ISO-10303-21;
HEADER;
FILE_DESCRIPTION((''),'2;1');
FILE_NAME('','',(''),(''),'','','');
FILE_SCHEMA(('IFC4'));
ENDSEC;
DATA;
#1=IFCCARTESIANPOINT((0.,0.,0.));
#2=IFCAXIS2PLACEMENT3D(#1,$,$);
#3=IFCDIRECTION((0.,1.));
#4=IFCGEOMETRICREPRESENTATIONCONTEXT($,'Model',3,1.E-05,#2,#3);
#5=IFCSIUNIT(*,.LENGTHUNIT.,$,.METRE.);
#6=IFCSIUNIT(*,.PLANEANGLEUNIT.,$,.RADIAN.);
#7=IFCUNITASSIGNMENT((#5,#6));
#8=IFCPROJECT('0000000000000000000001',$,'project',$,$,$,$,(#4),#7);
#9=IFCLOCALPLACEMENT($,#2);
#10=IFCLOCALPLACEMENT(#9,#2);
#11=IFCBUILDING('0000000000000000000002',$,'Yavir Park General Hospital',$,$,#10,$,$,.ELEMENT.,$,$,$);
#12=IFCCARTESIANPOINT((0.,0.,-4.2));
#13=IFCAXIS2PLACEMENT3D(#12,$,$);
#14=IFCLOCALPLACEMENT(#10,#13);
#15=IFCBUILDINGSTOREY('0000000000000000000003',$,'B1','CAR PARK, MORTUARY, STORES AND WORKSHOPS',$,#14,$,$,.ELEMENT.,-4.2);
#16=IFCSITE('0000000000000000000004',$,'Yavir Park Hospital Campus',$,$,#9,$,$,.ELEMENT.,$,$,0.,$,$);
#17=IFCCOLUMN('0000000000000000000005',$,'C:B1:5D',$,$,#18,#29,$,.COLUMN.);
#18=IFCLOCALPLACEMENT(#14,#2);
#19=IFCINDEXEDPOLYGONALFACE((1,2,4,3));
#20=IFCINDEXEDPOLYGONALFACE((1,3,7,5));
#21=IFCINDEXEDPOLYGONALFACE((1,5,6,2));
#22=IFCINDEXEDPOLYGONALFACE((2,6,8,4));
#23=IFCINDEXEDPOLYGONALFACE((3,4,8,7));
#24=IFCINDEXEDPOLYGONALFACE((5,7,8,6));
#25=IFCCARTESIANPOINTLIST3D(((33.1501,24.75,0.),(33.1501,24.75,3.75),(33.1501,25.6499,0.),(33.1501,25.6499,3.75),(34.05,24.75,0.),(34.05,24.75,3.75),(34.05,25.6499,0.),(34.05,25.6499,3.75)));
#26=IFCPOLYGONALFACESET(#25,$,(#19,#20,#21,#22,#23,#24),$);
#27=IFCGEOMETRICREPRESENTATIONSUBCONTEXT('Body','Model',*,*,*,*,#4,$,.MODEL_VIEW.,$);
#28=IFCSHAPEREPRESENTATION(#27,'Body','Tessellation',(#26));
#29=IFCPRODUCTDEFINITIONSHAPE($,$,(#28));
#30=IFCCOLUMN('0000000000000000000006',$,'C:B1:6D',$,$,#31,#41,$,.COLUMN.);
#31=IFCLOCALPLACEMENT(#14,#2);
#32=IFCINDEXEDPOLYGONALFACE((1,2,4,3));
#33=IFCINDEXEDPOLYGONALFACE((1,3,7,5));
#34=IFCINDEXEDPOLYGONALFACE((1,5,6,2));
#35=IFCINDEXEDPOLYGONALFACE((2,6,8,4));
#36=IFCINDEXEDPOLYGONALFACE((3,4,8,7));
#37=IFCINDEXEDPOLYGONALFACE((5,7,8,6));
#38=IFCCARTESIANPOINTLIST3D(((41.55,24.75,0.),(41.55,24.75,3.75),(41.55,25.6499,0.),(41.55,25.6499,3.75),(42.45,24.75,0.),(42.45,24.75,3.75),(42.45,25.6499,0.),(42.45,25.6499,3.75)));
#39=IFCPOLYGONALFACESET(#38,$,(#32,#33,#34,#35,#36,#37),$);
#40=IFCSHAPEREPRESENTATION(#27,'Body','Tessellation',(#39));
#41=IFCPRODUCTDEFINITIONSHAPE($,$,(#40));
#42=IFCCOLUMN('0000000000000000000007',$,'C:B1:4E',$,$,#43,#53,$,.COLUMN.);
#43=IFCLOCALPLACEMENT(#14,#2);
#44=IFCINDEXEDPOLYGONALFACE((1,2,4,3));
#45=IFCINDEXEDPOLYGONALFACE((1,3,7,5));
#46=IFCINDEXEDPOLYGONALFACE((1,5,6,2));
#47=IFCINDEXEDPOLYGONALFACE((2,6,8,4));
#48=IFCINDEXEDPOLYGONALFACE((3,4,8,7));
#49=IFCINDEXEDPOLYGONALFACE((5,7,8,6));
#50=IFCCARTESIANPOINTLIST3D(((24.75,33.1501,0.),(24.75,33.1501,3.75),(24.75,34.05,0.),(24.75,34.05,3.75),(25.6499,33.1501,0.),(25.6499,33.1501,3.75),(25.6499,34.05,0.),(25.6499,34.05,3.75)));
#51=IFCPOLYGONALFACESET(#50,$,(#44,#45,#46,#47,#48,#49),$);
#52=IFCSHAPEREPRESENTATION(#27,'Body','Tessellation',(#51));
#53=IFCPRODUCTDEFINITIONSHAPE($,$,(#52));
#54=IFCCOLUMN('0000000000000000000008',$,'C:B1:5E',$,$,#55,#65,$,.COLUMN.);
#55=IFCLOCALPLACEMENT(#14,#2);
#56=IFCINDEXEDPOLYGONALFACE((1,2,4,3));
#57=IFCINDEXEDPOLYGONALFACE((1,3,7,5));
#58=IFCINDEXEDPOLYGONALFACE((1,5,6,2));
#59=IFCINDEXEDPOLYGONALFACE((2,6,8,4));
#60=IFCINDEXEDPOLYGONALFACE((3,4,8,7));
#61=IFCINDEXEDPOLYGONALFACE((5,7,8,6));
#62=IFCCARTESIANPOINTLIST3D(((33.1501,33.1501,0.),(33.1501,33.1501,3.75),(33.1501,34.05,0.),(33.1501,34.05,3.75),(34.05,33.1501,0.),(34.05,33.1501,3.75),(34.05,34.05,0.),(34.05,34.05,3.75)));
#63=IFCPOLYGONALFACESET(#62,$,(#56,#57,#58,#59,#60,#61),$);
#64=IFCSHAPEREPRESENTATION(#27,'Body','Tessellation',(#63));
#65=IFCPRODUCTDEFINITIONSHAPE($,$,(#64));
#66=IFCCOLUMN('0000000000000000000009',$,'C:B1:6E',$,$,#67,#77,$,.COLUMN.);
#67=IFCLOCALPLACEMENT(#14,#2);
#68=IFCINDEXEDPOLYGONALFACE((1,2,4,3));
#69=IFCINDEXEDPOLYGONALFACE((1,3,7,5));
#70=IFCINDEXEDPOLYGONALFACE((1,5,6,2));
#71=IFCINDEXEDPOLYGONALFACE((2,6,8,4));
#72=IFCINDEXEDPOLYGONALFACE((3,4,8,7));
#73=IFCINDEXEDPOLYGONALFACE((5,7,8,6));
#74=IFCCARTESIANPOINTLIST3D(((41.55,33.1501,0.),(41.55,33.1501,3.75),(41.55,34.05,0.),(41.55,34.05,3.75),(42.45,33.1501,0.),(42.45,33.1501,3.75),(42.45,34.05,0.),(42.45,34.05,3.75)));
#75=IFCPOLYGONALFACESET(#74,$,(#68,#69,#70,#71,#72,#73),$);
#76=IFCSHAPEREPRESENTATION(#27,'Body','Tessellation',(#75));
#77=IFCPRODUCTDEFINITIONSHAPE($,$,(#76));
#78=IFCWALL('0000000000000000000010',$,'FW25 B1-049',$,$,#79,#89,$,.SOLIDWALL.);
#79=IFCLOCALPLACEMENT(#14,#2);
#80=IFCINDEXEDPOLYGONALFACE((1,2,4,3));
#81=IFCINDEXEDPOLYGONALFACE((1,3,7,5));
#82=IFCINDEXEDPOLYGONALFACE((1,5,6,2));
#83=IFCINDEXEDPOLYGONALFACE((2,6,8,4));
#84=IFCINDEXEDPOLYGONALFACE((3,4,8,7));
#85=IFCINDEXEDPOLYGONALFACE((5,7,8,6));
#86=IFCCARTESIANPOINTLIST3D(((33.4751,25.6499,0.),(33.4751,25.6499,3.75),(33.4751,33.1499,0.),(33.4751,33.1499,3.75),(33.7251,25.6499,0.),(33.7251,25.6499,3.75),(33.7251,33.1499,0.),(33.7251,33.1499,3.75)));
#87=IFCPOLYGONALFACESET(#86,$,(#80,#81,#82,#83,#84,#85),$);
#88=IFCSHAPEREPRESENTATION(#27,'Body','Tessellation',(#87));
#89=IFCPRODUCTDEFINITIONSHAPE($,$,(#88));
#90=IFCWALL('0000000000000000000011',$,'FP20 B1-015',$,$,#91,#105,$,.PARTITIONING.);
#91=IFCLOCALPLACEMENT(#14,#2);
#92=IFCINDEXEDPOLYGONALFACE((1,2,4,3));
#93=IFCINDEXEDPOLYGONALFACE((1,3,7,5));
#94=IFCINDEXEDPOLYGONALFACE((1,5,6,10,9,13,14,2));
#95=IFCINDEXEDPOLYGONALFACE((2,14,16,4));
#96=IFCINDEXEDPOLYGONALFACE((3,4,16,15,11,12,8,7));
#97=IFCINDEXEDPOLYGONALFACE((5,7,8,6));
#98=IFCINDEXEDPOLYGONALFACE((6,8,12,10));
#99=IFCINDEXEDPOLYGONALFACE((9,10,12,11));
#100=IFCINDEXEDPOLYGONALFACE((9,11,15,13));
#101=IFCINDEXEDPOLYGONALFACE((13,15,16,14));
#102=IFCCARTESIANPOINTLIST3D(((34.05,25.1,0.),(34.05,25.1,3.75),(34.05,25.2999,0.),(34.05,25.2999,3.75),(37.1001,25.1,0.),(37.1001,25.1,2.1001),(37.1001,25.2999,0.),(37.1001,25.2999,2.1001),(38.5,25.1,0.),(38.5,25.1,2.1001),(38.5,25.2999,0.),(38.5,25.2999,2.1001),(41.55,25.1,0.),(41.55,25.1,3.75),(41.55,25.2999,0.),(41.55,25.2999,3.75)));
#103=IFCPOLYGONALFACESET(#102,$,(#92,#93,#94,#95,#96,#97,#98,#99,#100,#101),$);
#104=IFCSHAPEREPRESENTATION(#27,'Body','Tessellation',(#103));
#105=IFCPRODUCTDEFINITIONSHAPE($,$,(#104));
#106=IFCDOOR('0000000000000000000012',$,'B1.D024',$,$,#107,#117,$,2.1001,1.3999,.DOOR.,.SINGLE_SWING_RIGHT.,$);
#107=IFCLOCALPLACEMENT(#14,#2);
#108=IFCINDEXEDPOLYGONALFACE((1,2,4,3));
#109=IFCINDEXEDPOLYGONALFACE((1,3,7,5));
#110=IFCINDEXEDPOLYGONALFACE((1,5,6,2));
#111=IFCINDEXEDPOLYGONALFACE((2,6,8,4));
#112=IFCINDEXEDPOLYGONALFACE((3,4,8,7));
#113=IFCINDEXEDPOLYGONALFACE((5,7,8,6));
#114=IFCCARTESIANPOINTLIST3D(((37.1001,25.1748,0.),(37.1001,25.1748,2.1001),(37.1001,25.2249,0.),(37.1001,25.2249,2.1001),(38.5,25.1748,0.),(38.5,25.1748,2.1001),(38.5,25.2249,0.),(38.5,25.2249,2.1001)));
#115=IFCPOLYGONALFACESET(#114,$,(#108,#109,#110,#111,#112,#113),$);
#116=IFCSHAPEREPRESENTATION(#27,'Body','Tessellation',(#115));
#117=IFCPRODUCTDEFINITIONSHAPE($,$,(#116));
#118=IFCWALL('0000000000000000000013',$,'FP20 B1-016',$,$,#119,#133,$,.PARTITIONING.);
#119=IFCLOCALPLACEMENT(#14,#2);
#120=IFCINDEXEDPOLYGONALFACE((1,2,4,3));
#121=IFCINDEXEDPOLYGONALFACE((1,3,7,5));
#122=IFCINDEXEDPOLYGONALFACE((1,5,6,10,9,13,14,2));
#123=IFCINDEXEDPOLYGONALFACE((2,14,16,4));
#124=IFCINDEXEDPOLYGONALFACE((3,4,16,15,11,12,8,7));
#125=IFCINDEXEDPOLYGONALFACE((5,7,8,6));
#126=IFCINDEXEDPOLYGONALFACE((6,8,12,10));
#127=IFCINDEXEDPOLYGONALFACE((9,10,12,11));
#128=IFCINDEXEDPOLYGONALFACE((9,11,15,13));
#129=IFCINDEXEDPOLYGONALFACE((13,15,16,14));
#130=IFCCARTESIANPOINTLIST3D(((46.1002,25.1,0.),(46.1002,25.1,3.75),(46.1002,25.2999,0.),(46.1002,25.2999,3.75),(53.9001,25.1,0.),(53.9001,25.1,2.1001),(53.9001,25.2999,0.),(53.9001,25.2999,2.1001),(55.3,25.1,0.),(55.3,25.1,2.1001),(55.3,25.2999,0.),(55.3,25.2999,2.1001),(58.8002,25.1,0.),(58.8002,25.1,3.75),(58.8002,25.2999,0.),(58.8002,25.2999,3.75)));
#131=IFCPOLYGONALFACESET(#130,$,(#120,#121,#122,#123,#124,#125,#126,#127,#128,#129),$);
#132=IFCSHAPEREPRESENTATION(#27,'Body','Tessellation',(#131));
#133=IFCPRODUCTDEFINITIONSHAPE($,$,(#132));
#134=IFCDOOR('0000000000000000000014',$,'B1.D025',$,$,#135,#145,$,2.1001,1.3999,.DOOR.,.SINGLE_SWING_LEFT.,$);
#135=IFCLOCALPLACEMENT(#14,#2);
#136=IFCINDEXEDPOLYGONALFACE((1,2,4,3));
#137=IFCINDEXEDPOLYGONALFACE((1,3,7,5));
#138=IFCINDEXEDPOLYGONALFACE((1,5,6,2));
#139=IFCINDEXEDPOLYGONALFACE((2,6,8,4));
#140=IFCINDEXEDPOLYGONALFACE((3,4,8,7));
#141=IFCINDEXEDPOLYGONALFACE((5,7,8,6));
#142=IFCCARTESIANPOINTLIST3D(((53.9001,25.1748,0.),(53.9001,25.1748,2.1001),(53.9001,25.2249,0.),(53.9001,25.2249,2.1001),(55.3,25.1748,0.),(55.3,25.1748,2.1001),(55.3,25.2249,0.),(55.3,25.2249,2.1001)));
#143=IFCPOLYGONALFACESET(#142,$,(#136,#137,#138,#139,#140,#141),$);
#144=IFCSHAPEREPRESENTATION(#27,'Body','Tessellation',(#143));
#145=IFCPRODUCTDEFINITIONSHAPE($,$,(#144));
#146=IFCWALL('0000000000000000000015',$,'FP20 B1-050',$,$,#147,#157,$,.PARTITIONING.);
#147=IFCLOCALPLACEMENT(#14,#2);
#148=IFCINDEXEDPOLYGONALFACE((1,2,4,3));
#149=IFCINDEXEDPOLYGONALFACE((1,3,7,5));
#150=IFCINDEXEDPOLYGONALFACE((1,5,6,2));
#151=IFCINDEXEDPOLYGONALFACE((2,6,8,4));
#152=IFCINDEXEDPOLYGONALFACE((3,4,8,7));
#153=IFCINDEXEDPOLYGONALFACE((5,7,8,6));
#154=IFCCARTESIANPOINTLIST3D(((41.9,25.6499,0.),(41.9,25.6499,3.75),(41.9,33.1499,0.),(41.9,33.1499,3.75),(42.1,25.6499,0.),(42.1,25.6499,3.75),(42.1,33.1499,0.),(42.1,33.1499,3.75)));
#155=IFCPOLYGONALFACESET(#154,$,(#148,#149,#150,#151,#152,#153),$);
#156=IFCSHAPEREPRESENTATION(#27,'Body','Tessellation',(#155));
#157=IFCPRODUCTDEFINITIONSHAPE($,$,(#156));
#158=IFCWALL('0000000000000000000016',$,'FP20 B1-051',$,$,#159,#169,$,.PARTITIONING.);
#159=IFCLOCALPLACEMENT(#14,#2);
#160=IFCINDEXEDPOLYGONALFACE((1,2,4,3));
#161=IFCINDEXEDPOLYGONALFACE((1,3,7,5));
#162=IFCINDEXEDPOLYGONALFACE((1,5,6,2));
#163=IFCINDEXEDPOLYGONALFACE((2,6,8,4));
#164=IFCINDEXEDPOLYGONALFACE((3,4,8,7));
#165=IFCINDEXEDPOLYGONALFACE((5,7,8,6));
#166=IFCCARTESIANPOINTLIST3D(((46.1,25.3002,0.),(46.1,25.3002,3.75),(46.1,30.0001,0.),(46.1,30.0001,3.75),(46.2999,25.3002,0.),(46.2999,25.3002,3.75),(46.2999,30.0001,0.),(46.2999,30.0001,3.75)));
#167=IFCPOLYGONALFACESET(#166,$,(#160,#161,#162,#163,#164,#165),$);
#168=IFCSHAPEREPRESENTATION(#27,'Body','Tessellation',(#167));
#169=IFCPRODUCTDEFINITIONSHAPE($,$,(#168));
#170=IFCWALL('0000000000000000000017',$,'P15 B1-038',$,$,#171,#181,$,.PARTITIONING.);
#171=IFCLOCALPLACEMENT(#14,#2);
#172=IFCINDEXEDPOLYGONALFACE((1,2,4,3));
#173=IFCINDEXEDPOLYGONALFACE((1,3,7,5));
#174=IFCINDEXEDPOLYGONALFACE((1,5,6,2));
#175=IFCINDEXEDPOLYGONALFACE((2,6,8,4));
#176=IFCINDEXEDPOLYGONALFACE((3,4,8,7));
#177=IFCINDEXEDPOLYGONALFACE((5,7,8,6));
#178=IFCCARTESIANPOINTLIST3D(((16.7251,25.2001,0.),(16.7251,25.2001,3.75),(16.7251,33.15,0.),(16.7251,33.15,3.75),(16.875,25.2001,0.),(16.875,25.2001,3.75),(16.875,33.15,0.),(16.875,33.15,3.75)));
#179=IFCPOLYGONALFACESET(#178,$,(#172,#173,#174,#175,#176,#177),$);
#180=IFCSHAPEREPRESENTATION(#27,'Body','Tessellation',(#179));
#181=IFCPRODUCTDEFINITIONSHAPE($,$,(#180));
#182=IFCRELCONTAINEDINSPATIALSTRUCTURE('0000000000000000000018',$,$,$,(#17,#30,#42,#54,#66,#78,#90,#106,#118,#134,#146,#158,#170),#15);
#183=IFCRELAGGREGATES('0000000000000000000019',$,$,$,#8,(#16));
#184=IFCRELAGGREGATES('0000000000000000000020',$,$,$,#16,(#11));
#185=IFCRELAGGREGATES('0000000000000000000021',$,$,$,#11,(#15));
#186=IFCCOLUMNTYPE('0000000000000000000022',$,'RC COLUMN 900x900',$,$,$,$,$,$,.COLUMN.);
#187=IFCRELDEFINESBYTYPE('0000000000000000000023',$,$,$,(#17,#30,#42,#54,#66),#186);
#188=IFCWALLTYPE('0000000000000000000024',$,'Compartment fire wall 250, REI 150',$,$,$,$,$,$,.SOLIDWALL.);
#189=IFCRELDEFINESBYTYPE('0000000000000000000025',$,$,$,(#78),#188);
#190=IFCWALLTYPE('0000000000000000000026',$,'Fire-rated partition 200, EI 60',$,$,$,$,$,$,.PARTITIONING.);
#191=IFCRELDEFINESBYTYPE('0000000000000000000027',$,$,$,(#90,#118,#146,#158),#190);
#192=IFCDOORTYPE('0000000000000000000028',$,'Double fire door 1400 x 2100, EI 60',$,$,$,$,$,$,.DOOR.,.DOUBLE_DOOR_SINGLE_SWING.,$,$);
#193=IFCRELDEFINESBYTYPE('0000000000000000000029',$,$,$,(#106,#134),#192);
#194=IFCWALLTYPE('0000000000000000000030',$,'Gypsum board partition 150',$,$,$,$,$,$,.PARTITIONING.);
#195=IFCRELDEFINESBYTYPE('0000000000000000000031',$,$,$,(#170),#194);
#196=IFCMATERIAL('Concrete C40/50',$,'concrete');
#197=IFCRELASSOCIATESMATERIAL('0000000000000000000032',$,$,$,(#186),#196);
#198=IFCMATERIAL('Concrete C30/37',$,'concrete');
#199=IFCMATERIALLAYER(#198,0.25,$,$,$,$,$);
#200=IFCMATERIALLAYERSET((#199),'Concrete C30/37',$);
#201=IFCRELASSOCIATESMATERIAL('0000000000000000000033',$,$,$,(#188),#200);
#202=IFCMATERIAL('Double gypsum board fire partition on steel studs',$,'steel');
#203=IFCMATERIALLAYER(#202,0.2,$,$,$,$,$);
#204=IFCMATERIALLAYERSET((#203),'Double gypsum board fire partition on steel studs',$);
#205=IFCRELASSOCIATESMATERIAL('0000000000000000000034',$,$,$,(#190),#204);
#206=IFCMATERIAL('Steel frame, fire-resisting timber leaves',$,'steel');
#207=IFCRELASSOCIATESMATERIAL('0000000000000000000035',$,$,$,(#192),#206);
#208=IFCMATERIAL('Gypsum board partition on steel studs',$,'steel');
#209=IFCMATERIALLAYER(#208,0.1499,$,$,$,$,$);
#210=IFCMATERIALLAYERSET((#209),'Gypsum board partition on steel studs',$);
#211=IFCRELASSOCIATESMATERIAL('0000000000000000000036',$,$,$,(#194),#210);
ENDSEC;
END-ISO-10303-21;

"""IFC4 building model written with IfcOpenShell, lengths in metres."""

from ifc_helpers import new_model, si_unit, direction, frame, frame_2d, origin, origin_2d, place, context, subcontext, project, spatial, rectangle, extrude, material, layer, layer_set, material_profile, profile_set, type_object, element, fill, save


model = new_model("IFC4")

# Units and contexts
model_context = context("Model", 3, precision=1e-05, world=origin(), true_north=direction((0.0, 1.0)))
body_context = subcontext(model_context, "Body", "Model", "MODEL_VIEW")
ifc_project = project(units=[si_unit("LENGTHUNIT", "METRE"), si_unit("PLANEANGLEUNIT", "RADIAN")], contexts=[model_context])

# Site, building, storey
site_placement = place(None, origin())
site = spatial("IfcSite", under=ifc_project, at=site_placement, Name="Yavir Park Hospital Campus", CompositionType="ELEMENT", RefElevation=0.0)
building_placement = place(site_placement, origin())
building = spatial("IfcBuilding", under=site, at=building_placement, Name="Yavir Park General Hospital", CompositionType="ELEMENT")
storey_placement = place(building_placement, frame((0.0, 0.0, -4.2)))
storey = spatial("IfcBuildingStorey", under=building, at=storey_placement, Name="B1", Description="CAR PARK, MORTUARY, STORES AND WORKSHOPS", CompositionType="ELEMENT", Elevation=-4.2)

# Columns
ifc_material_1 = material(Name="Concrete C40/50", Category="concrete")
ifc_material_profile = material_profile(ifc_material_1, rectangle(XDim=0.8999, YDim=0.8999, at=origin_2d()), Name="RC900x900")
ifc_profile_set = profile_set([ifc_material_profile], Name="Concrete C40/50")
column_type = type_object("IfcColumnType", Name="RC COLUMN 900x900", PredefinedType="COLUMN", material=ifc_profile_set)
for number, where, z_axis, x_axis, name in (
    (1, (33.6001, 25.2, 0.0), (0.0, 0.0, 1.0), (1.0, 0.0, 0.0), "C:B1:5D"),
    (2, (42.0, 25.2, 0.0), (0.0, 0.0, 1.0), (1.0, 0.0, 0.0), "C:B1:6D"),
    (3, (25.2, 33.6001, 0.0), (0.0, 0.0, 1.0), (1.0, 0.0, 0.0), "C:B1:4E"),
    (4, (33.6001, 33.6001, 0.0), (0.0, 0.0, 1.0), (1.0, 0.0, 0.0), "C:B1:5E"),
    (5, (42.0, 33.6001, 0.0), (0.0, 0.0, 1.0), (1.0, 0.0, 0.0), "C:B1:6E"),
):
    element("IfcColumn", number, at=place(storey_placement, frame(where, z_axis=z_axis, x_axis=x_axis)), inside=storey, type_object=column_type, Name=name, PredefinedType="COLUMN", context=body_context, shape_type="SweptSolid", body=[
        extrude(rectangle(XDim=0.8999, YDim=0.8999, at=origin_2d()), origin(), (0.0, 0.0, 1.0), 3.75),
    ])

# Wall
ifc_material_2 = material(Name="Concrete C30/37", Category="concrete")
ifc_layer_1 = layer(ifc_material_2, 0.25)
ifc_layer_set_1 = layer_set([ifc_layer_1], Name="Concrete C30/37")
wall_type_1 = type_object("IfcWallType", Name="Compartment fire wall 250, REI 150", PredefinedType="SOLIDWALL", material=ifc_layer_set_1)
wall_1_placement = place(storey_placement, frame((33.6001, 25.6499, 0.0), z_axis=(0.0, 0.0, 1.0), x_axis=(0.0, 1.0, 0.0)))
element("IfcWall", 6, at=wall_1_placement, inside=storey, type_object=wall_type_1, Name="FW25 B1-049", PredefinedType="SOLIDWALL", context=body_context, shape_type="SweptSolid", body=[
    extrude(rectangle(XDim=7.5, YDim=0.25, at=frame_2d((3.75, 0.0))), origin(), (0.0, 0.0, 1.0), 3.75),
])

# Walls, openings, doors
ifc_material_3 = material(Name="Double gypsum board fire partition on steel studs", Category="steel")
ifc_layer_2 = layer(ifc_material_3, 0.2)
ifc_layer_set_2 = layer_set([ifc_layer_2], Name="Double gypsum board fire partition on steel studs")
wall_type_2 = type_object("IfcWallType", Name="Fire-rated partition 200, EI 60", PredefinedType="PARTITIONING", material=ifc_layer_set_2)
wall_2_placement = place(storey_placement, frame((34.05, 25.2, 0.0), z_axis=(0.0, 0.0, 1.0), x_axis=(1.0, 0.0, 0.0)))
wall_2 = element("IfcWall", 7, at=wall_2_placement, inside=storey, type_object=wall_type_2, Name="FP20 B1-015", PredefinedType="PARTITIONING", context=body_context, shape_type="SweptSolid", body=[
    extrude(rectangle(XDim=7.5, YDim=0.2, at=frame_2d((3.75, 0.0))), origin(), (0.0, 0.0, 1.0), 3.75),
])
opening_1_placement = place(wall_2_placement, frame((3.05, 0.0, 0.0)))
opening_1 = element("IfcOpeningElement", 8, at=opening_1_placement, cuts=wall_2, PredefinedType="OPENING", context=body_context, shape_type="SweptSolid", body=[
    extrude(rectangle(XDim=1.3999, YDim=2.1001, at=frame_2d((0.7, 1.05))), frame((0.0, 0.1099, 0.0), z_axis=(0.0, -1.0, 0.0), x_axis=(1.0, 0.0, 0.0)), (0.0, 0.0, 1.0), 0.22),
])
ifc_material_4 = material(Name="Steel frame, fire-resisting timber leaves", Category="steel")
door_type_1 = type_object("IfcDoorType", Name="Double fire door 1400 x 2100, EI 60", OperationType="DOUBLE_DOOR_SINGLE_SWING", PredefinedType="DOOR", material=ifc_material_4)
door_1_placement = place(opening_1_placement, origin())
door_1 = element("IfcDoor", 9, at=door_1_placement, inside=storey, type_object=door_type_1, Name="B1.D024", OperationType="SINGLE_SWING_RIGHT", OverallHeight=2.1001, OverallWidth=1.3999, PredefinedType="DOOR", context=body_context, shape_type="SweptSolid", body=[
    extrude(rectangle(XDim=1.3999, YDim=2.1001, at=frame_2d((0.7, 1.05))), frame((0.0, 0.0249, 0.0), z_axis=(0.0, -1.0, 0.0), x_axis=(1.0, 0.0, 0.0)), (0.0, 0.0, 1.0), 0.05),
])
fill(opening_1, door_1)
wall_3_placement = place(storey_placement, frame((46.1001, 25.2, 0.0), z_axis=(0.0, 0.0, 1.0), x_axis=(1.0, 0.0, 0.0)))
wall_3 = element("IfcWall", 10, at=wall_3_placement, inside=storey, type_object=wall_type_2, Name="FP20 B1-016", PredefinedType="PARTITIONING", context=body_context, shape_type="SweptSolid", body=[
    extrude(rectangle(XDim=12.7, YDim=0.2, at=frame_2d((6.3501, 0.0))), origin(), (0.0, 0.0, 1.0), 3.75),
])
opening_2_placement = place(wall_3_placement, frame((7.8, 0.0, 0.0)))
opening_2 = element("IfcOpeningElement", 11, at=opening_2_placement, cuts=wall_3, PredefinedType="OPENING", context=body_context, shape_type="SweptSolid", body=[
    extrude(rectangle(XDim=1.3999, YDim=2.1001, at=frame_2d((0.7, 1.05))), frame((0.0, 0.1099, 0.0), z_axis=(0.0, -1.0, 0.0), x_axis=(1.0, 0.0, 0.0)), (0.0, 0.0, 1.0), 0.22),
])
door_2_placement = place(opening_2_placement, origin())
door_2 = element("IfcDoor", 12, at=door_2_placement, inside=storey, type_object=door_type_1, Name="B1.D025", OperationType="SINGLE_SWING_LEFT", OverallHeight=2.1001, OverallWidth=1.3999, PredefinedType="DOOR", context=body_context, shape_type="SweptSolid", body=[
    extrude(rectangle(XDim=1.3999, YDim=2.1001, at=frame_2d((0.7, 1.05))), frame((0.0, 0.0249, 0.0), z_axis=(0.0, -1.0, 0.0), x_axis=(1.0, 0.0, 0.0)), (0.0, 0.0, 1.0), 0.05),
])
fill(opening_2, door_2)

# Walls
wall_4_placement = place(storey_placement, frame((42.0, 25.6499, 0.0), z_axis=(0.0, 0.0, 1.0), x_axis=(0.0, 1.0, 0.0)))
element("IfcWall", 13, at=wall_4_placement, inside=storey, type_object=wall_type_2, Name="FP20 B1-050", PredefinedType="PARTITIONING", context=body_context, shape_type="SweptSolid", body=[
    extrude(rectangle(XDim=7.5, YDim=0.2, at=frame_2d((3.75, 0.0))), origin(), (0.0, 0.0, 1.0), 3.75),
])
wall_5_placement = place(storey_placement, frame((46.2, 25.3, 0.0), z_axis=(0.0, 0.0, 1.0), x_axis=(0.0, 1.0, 0.0)))
element("IfcWall", 14, at=wall_5_placement, inside=storey, type_object=wall_type_2, Name="FP20 B1-051", PredefinedType="PARTITIONING", context=body_context, shape_type="SweptSolid", body=[
    extrude(rectangle(XDim=4.7, YDim=0.2, at=frame_2d((2.3501, 0.0))), origin(), (0.0, 0.0, 1.0), 3.75),
])
ifc_material_5 = material(Name="Gypsum board partition on steel studs", Category="steel")
ifc_layer_3 = layer(ifc_material_5, 0.1499)
ifc_layer_set_3 = layer_set([ifc_layer_3], Name="Gypsum board partition on steel studs")
wall_type_3 = type_object("IfcWallType", Name="Gypsum board partition 150", PredefinedType="PARTITIONING", material=ifc_layer_set_3)
wall_6_placement = place(storey_placement, frame((16.8, 25.2, 0.0), z_axis=(0.0, 0.0, 1.0), x_axis=(0.0, 1.0, 0.0)))
element("IfcWall", 15, at=wall_6_placement, inside=storey, type_object=wall_type_3, Name="P15 B1-038", PredefinedType="PARTITIONING", context=body_context, shape_type="SweptSolid", body=[
    extrude(rectangle(XDim=7.95, YDim=0.1499, at=frame_2d((3.9751, 0.0))), origin(), (0.0, 0.0, 1.0), 3.75),
])

save(model, "model.ifc")
